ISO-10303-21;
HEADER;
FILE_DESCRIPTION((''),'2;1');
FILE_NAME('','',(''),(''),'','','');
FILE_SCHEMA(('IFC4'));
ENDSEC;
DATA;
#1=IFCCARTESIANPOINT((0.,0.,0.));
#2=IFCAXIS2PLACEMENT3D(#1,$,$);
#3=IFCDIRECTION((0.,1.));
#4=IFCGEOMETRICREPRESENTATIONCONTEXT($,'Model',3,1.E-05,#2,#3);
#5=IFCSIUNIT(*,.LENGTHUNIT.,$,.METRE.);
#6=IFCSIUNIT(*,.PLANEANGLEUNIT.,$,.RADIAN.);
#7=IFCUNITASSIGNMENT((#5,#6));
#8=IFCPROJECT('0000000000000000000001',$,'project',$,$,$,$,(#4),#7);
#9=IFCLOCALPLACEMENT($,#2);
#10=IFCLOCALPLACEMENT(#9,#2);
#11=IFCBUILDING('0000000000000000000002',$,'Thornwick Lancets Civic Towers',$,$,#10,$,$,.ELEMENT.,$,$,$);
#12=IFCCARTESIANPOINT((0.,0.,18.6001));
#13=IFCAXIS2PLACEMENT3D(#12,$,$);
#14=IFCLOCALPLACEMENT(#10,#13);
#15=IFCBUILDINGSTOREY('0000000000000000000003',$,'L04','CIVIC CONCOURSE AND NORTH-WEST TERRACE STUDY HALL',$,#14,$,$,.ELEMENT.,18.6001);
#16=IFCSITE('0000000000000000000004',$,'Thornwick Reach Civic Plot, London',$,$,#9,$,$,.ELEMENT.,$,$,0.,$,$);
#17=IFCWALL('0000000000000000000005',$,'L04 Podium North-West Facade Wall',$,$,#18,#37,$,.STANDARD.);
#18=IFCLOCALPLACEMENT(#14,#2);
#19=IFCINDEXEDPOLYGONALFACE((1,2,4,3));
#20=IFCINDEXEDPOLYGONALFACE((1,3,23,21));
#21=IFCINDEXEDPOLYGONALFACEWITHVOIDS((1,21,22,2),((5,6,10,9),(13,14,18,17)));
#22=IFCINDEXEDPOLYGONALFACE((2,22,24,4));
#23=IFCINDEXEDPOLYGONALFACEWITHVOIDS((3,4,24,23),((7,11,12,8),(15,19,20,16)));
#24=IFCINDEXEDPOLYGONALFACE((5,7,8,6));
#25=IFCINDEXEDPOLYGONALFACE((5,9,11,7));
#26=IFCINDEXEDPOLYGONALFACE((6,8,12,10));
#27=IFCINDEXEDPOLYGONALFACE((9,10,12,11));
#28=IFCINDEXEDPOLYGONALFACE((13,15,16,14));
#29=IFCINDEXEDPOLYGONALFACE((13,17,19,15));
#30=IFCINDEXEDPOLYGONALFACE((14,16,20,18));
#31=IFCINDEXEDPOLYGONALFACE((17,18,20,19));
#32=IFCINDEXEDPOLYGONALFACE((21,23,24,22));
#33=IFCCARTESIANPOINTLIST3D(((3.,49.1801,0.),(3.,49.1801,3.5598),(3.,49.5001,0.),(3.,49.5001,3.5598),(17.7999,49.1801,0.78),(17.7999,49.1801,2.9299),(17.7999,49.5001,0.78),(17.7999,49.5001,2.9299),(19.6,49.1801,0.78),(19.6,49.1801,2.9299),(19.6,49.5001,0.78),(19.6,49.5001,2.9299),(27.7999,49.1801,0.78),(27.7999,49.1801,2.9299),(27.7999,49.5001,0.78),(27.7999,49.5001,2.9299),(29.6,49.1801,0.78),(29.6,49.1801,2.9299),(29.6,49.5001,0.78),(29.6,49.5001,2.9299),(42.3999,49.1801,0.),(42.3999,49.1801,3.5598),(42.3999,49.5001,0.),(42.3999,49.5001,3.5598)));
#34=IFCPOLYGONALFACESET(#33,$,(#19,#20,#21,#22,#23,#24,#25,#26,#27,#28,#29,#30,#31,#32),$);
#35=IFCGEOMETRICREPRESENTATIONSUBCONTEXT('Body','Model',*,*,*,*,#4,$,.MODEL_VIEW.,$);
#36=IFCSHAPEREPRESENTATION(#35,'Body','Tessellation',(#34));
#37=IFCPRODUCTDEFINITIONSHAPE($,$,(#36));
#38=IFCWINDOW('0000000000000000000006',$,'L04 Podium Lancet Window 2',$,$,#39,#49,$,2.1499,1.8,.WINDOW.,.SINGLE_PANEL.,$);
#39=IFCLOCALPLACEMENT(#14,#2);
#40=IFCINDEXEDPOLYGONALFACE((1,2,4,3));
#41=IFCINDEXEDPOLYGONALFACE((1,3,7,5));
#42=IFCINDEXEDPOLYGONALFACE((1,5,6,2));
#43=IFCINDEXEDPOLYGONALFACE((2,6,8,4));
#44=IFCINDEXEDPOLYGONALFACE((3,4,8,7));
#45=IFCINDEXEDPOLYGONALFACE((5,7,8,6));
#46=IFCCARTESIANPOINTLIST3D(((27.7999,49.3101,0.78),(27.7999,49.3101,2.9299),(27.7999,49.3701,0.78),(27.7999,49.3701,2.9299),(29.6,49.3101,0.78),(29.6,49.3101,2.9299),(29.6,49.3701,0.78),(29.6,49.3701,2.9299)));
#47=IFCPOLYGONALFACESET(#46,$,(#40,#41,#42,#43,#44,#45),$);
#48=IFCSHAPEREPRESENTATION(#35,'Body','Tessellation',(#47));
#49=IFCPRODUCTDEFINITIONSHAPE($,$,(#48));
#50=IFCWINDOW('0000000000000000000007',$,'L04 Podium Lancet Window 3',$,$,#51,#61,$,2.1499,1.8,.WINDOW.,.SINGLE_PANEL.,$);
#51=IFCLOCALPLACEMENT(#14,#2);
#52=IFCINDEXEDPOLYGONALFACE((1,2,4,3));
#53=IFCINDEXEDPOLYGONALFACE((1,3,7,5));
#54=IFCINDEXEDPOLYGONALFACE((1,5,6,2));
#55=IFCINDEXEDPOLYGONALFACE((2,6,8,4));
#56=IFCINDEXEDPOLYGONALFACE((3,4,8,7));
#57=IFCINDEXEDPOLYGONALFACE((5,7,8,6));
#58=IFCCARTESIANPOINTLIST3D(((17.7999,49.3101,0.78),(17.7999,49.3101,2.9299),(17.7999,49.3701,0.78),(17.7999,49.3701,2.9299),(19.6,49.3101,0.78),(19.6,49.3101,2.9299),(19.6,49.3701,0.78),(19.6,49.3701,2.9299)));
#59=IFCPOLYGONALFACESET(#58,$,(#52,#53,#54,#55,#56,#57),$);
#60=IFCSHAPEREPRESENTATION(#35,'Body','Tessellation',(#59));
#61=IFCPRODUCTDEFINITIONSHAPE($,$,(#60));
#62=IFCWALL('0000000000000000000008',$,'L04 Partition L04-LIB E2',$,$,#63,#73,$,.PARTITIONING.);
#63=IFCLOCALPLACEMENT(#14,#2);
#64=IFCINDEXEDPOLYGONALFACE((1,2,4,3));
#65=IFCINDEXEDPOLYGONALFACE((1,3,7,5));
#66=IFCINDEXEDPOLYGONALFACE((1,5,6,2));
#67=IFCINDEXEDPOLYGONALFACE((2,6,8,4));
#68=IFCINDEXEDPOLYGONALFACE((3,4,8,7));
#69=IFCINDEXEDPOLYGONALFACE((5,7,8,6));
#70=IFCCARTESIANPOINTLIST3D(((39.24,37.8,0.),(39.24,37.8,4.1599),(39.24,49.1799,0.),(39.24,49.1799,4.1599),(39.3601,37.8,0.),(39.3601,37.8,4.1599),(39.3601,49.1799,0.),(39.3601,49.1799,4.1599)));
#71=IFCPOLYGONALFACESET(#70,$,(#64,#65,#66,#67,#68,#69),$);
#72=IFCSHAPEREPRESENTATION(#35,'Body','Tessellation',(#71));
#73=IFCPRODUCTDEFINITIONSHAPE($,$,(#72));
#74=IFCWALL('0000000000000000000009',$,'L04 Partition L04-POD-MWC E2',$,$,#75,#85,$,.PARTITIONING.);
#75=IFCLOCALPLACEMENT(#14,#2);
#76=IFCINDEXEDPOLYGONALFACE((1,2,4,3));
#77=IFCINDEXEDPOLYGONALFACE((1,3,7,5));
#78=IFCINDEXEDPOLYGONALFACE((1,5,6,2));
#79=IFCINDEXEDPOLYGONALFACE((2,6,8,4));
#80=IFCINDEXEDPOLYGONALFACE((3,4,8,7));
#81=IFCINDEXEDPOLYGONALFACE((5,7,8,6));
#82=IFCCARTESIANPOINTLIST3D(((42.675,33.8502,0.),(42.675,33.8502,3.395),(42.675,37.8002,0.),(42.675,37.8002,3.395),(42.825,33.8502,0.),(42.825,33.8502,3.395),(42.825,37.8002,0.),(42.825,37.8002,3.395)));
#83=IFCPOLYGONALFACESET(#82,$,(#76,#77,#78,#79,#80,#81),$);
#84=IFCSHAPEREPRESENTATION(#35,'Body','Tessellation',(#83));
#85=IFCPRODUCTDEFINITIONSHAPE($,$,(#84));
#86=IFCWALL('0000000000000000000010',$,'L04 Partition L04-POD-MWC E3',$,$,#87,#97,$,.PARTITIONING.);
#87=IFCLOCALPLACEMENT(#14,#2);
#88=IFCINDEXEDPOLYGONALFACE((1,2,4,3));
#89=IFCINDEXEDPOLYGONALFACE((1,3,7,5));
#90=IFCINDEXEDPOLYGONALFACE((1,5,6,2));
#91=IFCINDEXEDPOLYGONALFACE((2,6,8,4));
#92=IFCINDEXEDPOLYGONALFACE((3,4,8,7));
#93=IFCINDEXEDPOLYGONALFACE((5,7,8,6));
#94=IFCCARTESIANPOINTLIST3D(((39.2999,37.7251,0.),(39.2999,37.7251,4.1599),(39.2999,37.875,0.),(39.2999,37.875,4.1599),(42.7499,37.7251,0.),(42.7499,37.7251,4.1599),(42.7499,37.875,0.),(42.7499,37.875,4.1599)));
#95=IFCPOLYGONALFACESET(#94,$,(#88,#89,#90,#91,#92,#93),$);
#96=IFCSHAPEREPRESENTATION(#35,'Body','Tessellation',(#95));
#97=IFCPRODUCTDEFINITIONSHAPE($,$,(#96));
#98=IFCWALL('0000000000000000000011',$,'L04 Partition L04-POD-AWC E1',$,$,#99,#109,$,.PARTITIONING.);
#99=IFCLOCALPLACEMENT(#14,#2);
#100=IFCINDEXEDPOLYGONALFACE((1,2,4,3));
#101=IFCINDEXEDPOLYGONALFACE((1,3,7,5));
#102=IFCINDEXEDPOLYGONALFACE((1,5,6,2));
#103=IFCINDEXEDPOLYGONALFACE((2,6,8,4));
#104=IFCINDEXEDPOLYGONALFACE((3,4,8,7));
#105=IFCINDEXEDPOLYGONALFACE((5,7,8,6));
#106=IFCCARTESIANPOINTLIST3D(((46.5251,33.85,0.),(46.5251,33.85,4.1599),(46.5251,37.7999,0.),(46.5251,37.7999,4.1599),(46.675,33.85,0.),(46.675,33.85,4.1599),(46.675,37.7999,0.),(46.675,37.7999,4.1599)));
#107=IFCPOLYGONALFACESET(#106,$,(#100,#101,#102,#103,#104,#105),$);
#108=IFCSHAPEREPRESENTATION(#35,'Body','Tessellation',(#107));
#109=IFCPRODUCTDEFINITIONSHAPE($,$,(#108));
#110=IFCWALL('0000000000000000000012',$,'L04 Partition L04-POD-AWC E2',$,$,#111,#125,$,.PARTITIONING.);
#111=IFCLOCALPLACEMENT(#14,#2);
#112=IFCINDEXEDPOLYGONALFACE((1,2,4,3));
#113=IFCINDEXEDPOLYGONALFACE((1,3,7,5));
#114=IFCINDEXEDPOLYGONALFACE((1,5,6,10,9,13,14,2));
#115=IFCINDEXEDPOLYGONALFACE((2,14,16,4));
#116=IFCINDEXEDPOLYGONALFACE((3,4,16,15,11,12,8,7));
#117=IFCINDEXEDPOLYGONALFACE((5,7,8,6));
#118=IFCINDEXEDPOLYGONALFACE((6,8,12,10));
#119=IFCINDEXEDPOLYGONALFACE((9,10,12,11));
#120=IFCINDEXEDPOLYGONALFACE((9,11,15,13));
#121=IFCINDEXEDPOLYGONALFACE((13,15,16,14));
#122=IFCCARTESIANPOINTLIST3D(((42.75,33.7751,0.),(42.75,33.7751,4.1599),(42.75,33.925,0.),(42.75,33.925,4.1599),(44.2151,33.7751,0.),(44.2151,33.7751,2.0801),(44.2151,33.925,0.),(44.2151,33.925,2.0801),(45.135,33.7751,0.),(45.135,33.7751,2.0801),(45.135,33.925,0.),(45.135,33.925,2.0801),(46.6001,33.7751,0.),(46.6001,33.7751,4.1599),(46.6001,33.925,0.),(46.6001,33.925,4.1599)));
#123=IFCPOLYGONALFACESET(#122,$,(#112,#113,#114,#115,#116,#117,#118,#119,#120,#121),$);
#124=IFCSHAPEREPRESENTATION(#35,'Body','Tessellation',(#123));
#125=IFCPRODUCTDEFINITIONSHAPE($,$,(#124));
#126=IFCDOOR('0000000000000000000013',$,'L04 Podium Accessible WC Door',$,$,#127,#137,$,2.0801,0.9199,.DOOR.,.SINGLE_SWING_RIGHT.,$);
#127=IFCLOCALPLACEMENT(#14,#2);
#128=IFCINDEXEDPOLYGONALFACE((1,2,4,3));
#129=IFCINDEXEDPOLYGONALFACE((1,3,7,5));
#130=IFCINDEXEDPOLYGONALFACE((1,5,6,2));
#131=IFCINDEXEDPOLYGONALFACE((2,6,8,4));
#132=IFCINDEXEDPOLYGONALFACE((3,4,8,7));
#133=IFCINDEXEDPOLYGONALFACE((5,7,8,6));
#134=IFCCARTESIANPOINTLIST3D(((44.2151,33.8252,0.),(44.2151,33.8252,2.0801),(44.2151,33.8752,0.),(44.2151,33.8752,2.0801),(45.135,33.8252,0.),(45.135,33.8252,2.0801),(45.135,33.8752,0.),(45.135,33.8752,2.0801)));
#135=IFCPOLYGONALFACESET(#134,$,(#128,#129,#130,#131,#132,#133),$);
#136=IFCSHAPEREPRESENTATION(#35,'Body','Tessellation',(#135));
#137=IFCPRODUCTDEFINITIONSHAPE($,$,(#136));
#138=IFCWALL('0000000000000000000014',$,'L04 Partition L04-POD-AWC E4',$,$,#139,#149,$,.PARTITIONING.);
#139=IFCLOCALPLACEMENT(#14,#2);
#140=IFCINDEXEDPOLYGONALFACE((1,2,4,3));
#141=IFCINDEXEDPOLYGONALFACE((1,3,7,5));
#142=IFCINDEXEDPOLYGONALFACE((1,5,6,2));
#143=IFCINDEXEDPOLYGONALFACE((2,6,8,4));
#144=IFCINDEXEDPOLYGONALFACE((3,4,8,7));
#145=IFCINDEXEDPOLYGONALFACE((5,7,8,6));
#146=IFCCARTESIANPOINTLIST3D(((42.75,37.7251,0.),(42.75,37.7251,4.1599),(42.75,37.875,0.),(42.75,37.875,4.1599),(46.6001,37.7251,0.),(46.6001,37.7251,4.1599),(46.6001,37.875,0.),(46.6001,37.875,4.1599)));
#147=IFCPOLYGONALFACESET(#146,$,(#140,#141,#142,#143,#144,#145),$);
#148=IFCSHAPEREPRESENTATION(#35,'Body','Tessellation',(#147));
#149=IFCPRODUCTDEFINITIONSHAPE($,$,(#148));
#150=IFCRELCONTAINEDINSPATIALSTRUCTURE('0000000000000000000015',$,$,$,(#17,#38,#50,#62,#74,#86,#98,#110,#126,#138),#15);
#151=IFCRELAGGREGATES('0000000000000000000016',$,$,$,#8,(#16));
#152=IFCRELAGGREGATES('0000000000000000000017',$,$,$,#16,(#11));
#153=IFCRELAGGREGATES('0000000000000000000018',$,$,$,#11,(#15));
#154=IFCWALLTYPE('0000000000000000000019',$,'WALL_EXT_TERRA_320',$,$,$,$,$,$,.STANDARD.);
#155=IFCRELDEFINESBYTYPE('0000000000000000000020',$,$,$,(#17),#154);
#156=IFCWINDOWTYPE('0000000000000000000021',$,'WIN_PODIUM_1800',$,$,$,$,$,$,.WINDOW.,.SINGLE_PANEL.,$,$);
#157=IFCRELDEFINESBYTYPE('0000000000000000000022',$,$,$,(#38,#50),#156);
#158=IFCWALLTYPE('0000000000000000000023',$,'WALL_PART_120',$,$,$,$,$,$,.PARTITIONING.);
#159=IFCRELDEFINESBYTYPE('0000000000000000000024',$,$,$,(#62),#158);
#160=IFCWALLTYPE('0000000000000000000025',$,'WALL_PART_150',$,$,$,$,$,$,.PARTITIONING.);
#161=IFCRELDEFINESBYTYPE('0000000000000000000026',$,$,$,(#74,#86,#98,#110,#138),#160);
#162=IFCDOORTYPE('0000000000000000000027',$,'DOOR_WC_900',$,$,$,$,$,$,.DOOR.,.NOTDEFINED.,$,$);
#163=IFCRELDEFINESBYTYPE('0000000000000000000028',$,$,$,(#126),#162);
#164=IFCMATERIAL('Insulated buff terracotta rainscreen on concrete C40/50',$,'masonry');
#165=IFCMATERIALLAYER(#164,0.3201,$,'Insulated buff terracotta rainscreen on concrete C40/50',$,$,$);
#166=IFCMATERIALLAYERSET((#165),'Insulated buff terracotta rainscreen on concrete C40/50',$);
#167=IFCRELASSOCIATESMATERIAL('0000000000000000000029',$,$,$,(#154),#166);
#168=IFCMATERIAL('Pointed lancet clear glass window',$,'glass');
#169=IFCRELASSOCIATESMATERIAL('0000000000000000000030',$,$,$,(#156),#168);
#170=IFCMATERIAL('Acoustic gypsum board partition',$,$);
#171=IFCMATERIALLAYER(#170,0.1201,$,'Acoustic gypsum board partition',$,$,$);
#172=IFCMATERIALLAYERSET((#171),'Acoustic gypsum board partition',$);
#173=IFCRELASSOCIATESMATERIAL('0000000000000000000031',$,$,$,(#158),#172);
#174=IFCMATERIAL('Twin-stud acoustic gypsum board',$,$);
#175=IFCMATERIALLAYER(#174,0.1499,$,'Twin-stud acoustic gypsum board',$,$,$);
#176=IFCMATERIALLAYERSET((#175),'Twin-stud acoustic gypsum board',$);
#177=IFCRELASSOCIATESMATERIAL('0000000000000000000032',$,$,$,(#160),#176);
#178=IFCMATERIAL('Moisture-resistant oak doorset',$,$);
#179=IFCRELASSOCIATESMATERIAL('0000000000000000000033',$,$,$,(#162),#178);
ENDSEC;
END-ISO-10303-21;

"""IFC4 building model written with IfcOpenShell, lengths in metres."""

from ifc_helpers import new_model, si_unit, direction, frame, frame_2d, origin, place, context, subcontext, project, spatial, rectangle, extrude, material, layer, layer_set, type_object, element, fill, save


model = new_model("IFC4")

# Units and contexts
model_context = context("Model", 3, precision=1e-05, world=origin(), true_north=direction((0.0, 1.0)))
body_context = subcontext(model_context, "Body", "Model", "MODEL_VIEW")
ifc_project = project(units=[si_unit("LENGTHUNIT", "METRE"), si_unit("PLANEANGLEUNIT", "RADIAN")], contexts=[model_context])

# Site, building, storey
site_placement = place(None, origin())
site = spatial("IfcSite", under=ifc_project, at=site_placement, Name="Thornwick Reach Civic Plot, London", CompositionType="ELEMENT", RefElevation=0.0)
building_placement = place(site_placement, origin())
building = spatial("IfcBuilding", under=site, at=building_placement, Name="Thornwick Lancets Civic Towers", CompositionType="ELEMENT")
storey_placement = place(building_placement, frame((0.0, 0.0, 18.6001)))
storey = spatial("IfcBuildingStorey", under=building, at=storey_placement, Name="L04", Description="CIVIC CONCOURSE AND NORTH-WEST TERRACE STUDY HALL", CompositionType="ELEMENT", Elevation=18.6001)

# Shared definitions
ifc_material_1 = material(Name="Insulated buff terracotta rainscreen on concrete C40/50", Category="masonry")
ifc_layer_1 = layer(ifc_material_1, 0.3201, Name="Insulated buff terracotta rainscreen on concrete C40/50")
ifc_layer_set_1 = layer_set([ifc_layer_1], Name="Insulated buff terracotta rainscreen on concrete C40/50")
wall_type_1 = type_object("IfcWallType", Name="WALL_EXT_TERRA_320", PredefinedType="STANDARD", material=ifc_layer_set_1)

# Wall, openings, windows
wall_1_placement = place(storey_placement, frame((42.3999, 49.3401, 0.0), z_axis=(0.0, 0.0, 1.0), x_axis=(-1.0, 0.0, 0.0)))
wall_1 = element("IfcWall", 1, at=wall_1_placement, inside=storey, type_object=wall_type_1, Name="L04 Podium North-West Facade Wall", PredefinedType="STANDARD", context=body_context, shape_type="SweptSolid", body=[
    extrude(rectangle(XDim=39.3999, YDim=0.3201, at=frame_2d((19.7, 0.0))), origin(), (0.0, 0.0, 1.0), 3.5598),
])
opening_1_placement = place(wall_1_placement, frame((12.8, 0.0, 0.78)))
opening_1 = element("IfcOpeningElement", 2, at=opening_1_placement, cuts=wall_1, PredefinedType="OPENING", context=body_context, shape_type="SweptSolid", body=[
    extrude(rectangle(XDim=1.8, YDim=2.1499, at=frame_2d((0.8999, 1.075))), frame((0.0, 0.1699, 0.0), z_axis=(0.0, -1.0, 0.0), x_axis=(1.0, 0.0, 0.0)), (0.0, 0.0, 1.0), 0.3401),
])
opening_2_placement = place(wall_1_placement, frame((22.8, 0.0, 0.78)))
opening_2 = element("IfcOpeningElement", 3, at=opening_2_placement, cuts=wall_1, PredefinedType="OPENING", context=body_context, shape_type="SweptSolid", body=[
    extrude(rectangle(XDim=1.8, YDim=2.1499, at=frame_2d((0.8999, 1.075))), frame((0.0, 0.1699, 0.0), z_axis=(0.0, -1.0, 0.0), x_axis=(1.0, 0.0, 0.0)), (0.0, 0.0, 1.0), 0.3401),
])
ifc_material_2 = material(Name="Pointed lancet clear glass window", Category="glass")
window_type = type_object("IfcWindowType", Name="WIN_PODIUM_1800", PartitioningType="SINGLE_PANEL", PredefinedType="WINDOW", material=ifc_material_2)
window_1_placement = place(opening_1_placement, origin())
window_1 = element("IfcWindow", 4, at=window_1_placement, inside=storey, type_object=window_type, Name="L04 Podium Lancet Window 2", OverallHeight=2.1499, OverallWidth=1.8, PartitioningType="SINGLE_PANEL", PredefinedType="WINDOW", context=body_context, shape_type="SweptSolid", body=[
    extrude(rectangle(XDim=1.8, YDim=2.1499, at=frame_2d((0.8999, 1.075))), frame((0.0, 0.03, 0.0), z_axis=(0.0, -1.0, 0.0), x_axis=(1.0, 0.0, 0.0)), (0.0, 0.0, 1.0), 0.0601),
])
fill(opening_1, window_1)
window_2_placement = place(opening_2_placement, origin())
window_2 = element("IfcWindow", 5, at=window_2_placement, inside=storey, type_object=window_type, Name="L04 Podium Lancet Window 3", OverallHeight=2.1499, OverallWidth=1.8, PartitioningType="SINGLE_PANEL", PredefinedType="WINDOW", context=body_context, shape_type="SweptSolid", body=[
    extrude(rectangle(XDim=1.8, YDim=2.1499, at=frame_2d((0.8999, 1.075))), frame((0.0, 0.03, 0.0), z_axis=(0.0, -1.0, 0.0), x_axis=(1.0, 0.0, 0.0)), (0.0, 0.0, 1.0), 0.0601),
])
fill(opening_2, window_2)

# Walls
ifc_material_3 = material(Name="Acoustic gypsum board partition")
ifc_layer_2 = layer(ifc_material_3, 0.1201, Name="Acoustic gypsum board partition")
ifc_layer_set_2 = layer_set([ifc_layer_2], Name="Acoustic gypsum board partition")
wall_type_2 = type_object("IfcWallType", Name="WALL_PART_120", PredefinedType="PARTITIONING", material=ifc_layer_set_2)
wall_2_placement = place(storey_placement, frame((39.3, 49.1799, 0.0), z_axis=(0.0, 0.0, 1.0), x_axis=(0.0, -1.0, 0.0)))
element("IfcWall", 6, at=wall_2_placement, inside=storey, type_object=wall_type_2, Name="L04 Partition L04-LIB E2", PredefinedType="PARTITIONING", context=body_context, shape_type="SweptSolid", body=[
    extrude(rectangle(XDim=11.3799, YDim=0.1201, at=frame_2d((5.6899, 0.0))), origin(), (0.0, 0.0, 1.0), 4.1599),
])
ifc_material_4 = material(Name="Twin-stud acoustic gypsum board")
ifc_layer_3 = layer(ifc_material_4, 0.1499, Name="Twin-stud acoustic gypsum board")
ifc_layer_set_3 = layer_set([ifc_layer_3], Name="Twin-stud acoustic gypsum board")
wall_type_3 = type_object("IfcWallType", Name="WALL_PART_150", PredefinedType="PARTITIONING", material=ifc_layer_set_3)
wall_3_placement = place(storey_placement, frame((42.75, 33.8501, 0.0), z_axis=(0.0, 0.0, 1.0), x_axis=(0.0, 1.0, 0.0)))
element("IfcWall", 7, at=wall_3_placement, inside=storey, type_object=wall_type_3, Name="L04 Partition L04-POD-MWC E2", PredefinedType="PARTITIONING", context=body_context, shape_type="SweptSolid", body=[
    extrude(rectangle(XDim=3.95, YDim=0.1499, at=frame_2d((1.9751, 0.0))), origin(), (0.0, 0.0, 1.0), 3.395),
])
wall_4_placement = place(storey_placement, frame((42.75, 37.8, 0.0), z_axis=(0.0, 0.0, 1.0), x_axis=(-1.0, 0.0, 0.0)))
element("IfcWall", 8, at=wall_4_placement, inside=storey, type_object=wall_type_3, Name="L04 Partition L04-POD-MWC E3", PredefinedType="PARTITIONING", context=body_context, shape_type="SweptSolid", body=[
    extrude(rectangle(XDim=3.45, YDim=0.1499, at=frame_2d((1.7251, 0.0))), origin(), (0.0, 0.0, 1.0), 4.1599),
])
wall_5_placement = place(storey_placement, frame((46.6001, 37.8, 0.0), z_axis=(0.0, 0.0, 1.0), x_axis=(0.0, -1.0, 0.0)))
element("IfcWall", 9, at=wall_5_placement, inside=storey, type_object=wall_type_3, Name="L04 Partition L04-POD-AWC E1", PredefinedType="PARTITIONING", context=body_context, shape_type="SweptSolid", body=[
    extrude(rectangle(XDim=3.95, YDim=0.1499, at=frame_2d((1.9751, 0.0))), origin(), (0.0, 0.0, 1.0), 4.1599),
])

# Wall, opening, door
wall_6_placement = place(storey_placement, frame((46.6001, 33.8501, 0.0), z_axis=(0.0, 0.0, 1.0), x_axis=(-1.0, 0.0, 0.0)))
wall_6 = element("IfcWall", 10, at=wall_6_placement, inside=storey, type_object=wall_type_3, Name="L04 Partition L04-POD-AWC E2", PredefinedType="PARTITIONING", context=body_context, shape_type="SweptSolid", body=[
    extrude(rectangle(XDim=3.8501, YDim=0.1499, at=frame_2d((1.925, 0.0))), origin(), (0.0, 0.0, 1.0), 4.1599),
])
opening_3_placement = place(wall_6_placement, frame((1.4651, 0.0, 0.0)))
opening_3 = element("IfcOpeningElement", 11, at=opening_3_placement, cuts=wall_6, PredefinedType="OPENING", context=body_context, shape_type="SweptSolid", body=[
    extrude(rectangle(XDim=0.9199, YDim=2.0801, at=frame_2d((0.46, 1.04))), frame((0.0, 0.085, 0.0), z_axis=(0.0, -1.0, 0.0), x_axis=(1.0, 0.0, 0.0)), (0.0, 0.0, 1.0), 0.1699),
])
ifc_material_5 = material(Name="Moisture-resistant oak doorset")
door_type_1 = type_object("IfcDoorType", Name="DOOR_WC_900", OperationType="NOTDEFINED", PredefinedType="DOOR", material=ifc_material_5)
door_1_placement = place(opening_3_placement, origin())
door_1 = element("IfcDoor", 12, at=door_1_placement, inside=storey, type_object=door_type_1, Name="L04 Podium Accessible WC Door", OperationType="SINGLE_SWING_RIGHT", OverallHeight=2.0801, OverallWidth=0.9199, PredefinedType="DOOR", context=body_context, shape_type="SweptSolid", body=[
    extrude(rectangle(XDim=0.9199, YDim=2.0801, at=frame_2d((0.46, 1.04))), frame((0.0, 0.0249, 0.0), z_axis=(0.0, -1.0, 0.0), x_axis=(1.0, 0.0, 0.0)), (0.0, 0.0, 1.0), 0.05),
])
fill(opening_3, door_1)

# Wall
wall_7_placement = place(storey_placement, frame((42.75, 37.8, 0.0), z_axis=(0.0, 0.0, 1.0), x_axis=(1.0, 0.0, 0.0)))
element("IfcWall", 13, at=wall_7_placement, inside=storey, type_object=wall_type_3, Name="L04 Partition L04-POD-AWC E4", PredefinedType="PARTITIONING", context=body_context, shape_type="SweptSolid", body=[
    extrude(rectangle(XDim=3.8501, YDim=0.1499, at=frame_2d((1.925, 0.0))), origin(), (0.0, 0.0, 1.0), 4.1599),
])

save(model, "model.ifc")
